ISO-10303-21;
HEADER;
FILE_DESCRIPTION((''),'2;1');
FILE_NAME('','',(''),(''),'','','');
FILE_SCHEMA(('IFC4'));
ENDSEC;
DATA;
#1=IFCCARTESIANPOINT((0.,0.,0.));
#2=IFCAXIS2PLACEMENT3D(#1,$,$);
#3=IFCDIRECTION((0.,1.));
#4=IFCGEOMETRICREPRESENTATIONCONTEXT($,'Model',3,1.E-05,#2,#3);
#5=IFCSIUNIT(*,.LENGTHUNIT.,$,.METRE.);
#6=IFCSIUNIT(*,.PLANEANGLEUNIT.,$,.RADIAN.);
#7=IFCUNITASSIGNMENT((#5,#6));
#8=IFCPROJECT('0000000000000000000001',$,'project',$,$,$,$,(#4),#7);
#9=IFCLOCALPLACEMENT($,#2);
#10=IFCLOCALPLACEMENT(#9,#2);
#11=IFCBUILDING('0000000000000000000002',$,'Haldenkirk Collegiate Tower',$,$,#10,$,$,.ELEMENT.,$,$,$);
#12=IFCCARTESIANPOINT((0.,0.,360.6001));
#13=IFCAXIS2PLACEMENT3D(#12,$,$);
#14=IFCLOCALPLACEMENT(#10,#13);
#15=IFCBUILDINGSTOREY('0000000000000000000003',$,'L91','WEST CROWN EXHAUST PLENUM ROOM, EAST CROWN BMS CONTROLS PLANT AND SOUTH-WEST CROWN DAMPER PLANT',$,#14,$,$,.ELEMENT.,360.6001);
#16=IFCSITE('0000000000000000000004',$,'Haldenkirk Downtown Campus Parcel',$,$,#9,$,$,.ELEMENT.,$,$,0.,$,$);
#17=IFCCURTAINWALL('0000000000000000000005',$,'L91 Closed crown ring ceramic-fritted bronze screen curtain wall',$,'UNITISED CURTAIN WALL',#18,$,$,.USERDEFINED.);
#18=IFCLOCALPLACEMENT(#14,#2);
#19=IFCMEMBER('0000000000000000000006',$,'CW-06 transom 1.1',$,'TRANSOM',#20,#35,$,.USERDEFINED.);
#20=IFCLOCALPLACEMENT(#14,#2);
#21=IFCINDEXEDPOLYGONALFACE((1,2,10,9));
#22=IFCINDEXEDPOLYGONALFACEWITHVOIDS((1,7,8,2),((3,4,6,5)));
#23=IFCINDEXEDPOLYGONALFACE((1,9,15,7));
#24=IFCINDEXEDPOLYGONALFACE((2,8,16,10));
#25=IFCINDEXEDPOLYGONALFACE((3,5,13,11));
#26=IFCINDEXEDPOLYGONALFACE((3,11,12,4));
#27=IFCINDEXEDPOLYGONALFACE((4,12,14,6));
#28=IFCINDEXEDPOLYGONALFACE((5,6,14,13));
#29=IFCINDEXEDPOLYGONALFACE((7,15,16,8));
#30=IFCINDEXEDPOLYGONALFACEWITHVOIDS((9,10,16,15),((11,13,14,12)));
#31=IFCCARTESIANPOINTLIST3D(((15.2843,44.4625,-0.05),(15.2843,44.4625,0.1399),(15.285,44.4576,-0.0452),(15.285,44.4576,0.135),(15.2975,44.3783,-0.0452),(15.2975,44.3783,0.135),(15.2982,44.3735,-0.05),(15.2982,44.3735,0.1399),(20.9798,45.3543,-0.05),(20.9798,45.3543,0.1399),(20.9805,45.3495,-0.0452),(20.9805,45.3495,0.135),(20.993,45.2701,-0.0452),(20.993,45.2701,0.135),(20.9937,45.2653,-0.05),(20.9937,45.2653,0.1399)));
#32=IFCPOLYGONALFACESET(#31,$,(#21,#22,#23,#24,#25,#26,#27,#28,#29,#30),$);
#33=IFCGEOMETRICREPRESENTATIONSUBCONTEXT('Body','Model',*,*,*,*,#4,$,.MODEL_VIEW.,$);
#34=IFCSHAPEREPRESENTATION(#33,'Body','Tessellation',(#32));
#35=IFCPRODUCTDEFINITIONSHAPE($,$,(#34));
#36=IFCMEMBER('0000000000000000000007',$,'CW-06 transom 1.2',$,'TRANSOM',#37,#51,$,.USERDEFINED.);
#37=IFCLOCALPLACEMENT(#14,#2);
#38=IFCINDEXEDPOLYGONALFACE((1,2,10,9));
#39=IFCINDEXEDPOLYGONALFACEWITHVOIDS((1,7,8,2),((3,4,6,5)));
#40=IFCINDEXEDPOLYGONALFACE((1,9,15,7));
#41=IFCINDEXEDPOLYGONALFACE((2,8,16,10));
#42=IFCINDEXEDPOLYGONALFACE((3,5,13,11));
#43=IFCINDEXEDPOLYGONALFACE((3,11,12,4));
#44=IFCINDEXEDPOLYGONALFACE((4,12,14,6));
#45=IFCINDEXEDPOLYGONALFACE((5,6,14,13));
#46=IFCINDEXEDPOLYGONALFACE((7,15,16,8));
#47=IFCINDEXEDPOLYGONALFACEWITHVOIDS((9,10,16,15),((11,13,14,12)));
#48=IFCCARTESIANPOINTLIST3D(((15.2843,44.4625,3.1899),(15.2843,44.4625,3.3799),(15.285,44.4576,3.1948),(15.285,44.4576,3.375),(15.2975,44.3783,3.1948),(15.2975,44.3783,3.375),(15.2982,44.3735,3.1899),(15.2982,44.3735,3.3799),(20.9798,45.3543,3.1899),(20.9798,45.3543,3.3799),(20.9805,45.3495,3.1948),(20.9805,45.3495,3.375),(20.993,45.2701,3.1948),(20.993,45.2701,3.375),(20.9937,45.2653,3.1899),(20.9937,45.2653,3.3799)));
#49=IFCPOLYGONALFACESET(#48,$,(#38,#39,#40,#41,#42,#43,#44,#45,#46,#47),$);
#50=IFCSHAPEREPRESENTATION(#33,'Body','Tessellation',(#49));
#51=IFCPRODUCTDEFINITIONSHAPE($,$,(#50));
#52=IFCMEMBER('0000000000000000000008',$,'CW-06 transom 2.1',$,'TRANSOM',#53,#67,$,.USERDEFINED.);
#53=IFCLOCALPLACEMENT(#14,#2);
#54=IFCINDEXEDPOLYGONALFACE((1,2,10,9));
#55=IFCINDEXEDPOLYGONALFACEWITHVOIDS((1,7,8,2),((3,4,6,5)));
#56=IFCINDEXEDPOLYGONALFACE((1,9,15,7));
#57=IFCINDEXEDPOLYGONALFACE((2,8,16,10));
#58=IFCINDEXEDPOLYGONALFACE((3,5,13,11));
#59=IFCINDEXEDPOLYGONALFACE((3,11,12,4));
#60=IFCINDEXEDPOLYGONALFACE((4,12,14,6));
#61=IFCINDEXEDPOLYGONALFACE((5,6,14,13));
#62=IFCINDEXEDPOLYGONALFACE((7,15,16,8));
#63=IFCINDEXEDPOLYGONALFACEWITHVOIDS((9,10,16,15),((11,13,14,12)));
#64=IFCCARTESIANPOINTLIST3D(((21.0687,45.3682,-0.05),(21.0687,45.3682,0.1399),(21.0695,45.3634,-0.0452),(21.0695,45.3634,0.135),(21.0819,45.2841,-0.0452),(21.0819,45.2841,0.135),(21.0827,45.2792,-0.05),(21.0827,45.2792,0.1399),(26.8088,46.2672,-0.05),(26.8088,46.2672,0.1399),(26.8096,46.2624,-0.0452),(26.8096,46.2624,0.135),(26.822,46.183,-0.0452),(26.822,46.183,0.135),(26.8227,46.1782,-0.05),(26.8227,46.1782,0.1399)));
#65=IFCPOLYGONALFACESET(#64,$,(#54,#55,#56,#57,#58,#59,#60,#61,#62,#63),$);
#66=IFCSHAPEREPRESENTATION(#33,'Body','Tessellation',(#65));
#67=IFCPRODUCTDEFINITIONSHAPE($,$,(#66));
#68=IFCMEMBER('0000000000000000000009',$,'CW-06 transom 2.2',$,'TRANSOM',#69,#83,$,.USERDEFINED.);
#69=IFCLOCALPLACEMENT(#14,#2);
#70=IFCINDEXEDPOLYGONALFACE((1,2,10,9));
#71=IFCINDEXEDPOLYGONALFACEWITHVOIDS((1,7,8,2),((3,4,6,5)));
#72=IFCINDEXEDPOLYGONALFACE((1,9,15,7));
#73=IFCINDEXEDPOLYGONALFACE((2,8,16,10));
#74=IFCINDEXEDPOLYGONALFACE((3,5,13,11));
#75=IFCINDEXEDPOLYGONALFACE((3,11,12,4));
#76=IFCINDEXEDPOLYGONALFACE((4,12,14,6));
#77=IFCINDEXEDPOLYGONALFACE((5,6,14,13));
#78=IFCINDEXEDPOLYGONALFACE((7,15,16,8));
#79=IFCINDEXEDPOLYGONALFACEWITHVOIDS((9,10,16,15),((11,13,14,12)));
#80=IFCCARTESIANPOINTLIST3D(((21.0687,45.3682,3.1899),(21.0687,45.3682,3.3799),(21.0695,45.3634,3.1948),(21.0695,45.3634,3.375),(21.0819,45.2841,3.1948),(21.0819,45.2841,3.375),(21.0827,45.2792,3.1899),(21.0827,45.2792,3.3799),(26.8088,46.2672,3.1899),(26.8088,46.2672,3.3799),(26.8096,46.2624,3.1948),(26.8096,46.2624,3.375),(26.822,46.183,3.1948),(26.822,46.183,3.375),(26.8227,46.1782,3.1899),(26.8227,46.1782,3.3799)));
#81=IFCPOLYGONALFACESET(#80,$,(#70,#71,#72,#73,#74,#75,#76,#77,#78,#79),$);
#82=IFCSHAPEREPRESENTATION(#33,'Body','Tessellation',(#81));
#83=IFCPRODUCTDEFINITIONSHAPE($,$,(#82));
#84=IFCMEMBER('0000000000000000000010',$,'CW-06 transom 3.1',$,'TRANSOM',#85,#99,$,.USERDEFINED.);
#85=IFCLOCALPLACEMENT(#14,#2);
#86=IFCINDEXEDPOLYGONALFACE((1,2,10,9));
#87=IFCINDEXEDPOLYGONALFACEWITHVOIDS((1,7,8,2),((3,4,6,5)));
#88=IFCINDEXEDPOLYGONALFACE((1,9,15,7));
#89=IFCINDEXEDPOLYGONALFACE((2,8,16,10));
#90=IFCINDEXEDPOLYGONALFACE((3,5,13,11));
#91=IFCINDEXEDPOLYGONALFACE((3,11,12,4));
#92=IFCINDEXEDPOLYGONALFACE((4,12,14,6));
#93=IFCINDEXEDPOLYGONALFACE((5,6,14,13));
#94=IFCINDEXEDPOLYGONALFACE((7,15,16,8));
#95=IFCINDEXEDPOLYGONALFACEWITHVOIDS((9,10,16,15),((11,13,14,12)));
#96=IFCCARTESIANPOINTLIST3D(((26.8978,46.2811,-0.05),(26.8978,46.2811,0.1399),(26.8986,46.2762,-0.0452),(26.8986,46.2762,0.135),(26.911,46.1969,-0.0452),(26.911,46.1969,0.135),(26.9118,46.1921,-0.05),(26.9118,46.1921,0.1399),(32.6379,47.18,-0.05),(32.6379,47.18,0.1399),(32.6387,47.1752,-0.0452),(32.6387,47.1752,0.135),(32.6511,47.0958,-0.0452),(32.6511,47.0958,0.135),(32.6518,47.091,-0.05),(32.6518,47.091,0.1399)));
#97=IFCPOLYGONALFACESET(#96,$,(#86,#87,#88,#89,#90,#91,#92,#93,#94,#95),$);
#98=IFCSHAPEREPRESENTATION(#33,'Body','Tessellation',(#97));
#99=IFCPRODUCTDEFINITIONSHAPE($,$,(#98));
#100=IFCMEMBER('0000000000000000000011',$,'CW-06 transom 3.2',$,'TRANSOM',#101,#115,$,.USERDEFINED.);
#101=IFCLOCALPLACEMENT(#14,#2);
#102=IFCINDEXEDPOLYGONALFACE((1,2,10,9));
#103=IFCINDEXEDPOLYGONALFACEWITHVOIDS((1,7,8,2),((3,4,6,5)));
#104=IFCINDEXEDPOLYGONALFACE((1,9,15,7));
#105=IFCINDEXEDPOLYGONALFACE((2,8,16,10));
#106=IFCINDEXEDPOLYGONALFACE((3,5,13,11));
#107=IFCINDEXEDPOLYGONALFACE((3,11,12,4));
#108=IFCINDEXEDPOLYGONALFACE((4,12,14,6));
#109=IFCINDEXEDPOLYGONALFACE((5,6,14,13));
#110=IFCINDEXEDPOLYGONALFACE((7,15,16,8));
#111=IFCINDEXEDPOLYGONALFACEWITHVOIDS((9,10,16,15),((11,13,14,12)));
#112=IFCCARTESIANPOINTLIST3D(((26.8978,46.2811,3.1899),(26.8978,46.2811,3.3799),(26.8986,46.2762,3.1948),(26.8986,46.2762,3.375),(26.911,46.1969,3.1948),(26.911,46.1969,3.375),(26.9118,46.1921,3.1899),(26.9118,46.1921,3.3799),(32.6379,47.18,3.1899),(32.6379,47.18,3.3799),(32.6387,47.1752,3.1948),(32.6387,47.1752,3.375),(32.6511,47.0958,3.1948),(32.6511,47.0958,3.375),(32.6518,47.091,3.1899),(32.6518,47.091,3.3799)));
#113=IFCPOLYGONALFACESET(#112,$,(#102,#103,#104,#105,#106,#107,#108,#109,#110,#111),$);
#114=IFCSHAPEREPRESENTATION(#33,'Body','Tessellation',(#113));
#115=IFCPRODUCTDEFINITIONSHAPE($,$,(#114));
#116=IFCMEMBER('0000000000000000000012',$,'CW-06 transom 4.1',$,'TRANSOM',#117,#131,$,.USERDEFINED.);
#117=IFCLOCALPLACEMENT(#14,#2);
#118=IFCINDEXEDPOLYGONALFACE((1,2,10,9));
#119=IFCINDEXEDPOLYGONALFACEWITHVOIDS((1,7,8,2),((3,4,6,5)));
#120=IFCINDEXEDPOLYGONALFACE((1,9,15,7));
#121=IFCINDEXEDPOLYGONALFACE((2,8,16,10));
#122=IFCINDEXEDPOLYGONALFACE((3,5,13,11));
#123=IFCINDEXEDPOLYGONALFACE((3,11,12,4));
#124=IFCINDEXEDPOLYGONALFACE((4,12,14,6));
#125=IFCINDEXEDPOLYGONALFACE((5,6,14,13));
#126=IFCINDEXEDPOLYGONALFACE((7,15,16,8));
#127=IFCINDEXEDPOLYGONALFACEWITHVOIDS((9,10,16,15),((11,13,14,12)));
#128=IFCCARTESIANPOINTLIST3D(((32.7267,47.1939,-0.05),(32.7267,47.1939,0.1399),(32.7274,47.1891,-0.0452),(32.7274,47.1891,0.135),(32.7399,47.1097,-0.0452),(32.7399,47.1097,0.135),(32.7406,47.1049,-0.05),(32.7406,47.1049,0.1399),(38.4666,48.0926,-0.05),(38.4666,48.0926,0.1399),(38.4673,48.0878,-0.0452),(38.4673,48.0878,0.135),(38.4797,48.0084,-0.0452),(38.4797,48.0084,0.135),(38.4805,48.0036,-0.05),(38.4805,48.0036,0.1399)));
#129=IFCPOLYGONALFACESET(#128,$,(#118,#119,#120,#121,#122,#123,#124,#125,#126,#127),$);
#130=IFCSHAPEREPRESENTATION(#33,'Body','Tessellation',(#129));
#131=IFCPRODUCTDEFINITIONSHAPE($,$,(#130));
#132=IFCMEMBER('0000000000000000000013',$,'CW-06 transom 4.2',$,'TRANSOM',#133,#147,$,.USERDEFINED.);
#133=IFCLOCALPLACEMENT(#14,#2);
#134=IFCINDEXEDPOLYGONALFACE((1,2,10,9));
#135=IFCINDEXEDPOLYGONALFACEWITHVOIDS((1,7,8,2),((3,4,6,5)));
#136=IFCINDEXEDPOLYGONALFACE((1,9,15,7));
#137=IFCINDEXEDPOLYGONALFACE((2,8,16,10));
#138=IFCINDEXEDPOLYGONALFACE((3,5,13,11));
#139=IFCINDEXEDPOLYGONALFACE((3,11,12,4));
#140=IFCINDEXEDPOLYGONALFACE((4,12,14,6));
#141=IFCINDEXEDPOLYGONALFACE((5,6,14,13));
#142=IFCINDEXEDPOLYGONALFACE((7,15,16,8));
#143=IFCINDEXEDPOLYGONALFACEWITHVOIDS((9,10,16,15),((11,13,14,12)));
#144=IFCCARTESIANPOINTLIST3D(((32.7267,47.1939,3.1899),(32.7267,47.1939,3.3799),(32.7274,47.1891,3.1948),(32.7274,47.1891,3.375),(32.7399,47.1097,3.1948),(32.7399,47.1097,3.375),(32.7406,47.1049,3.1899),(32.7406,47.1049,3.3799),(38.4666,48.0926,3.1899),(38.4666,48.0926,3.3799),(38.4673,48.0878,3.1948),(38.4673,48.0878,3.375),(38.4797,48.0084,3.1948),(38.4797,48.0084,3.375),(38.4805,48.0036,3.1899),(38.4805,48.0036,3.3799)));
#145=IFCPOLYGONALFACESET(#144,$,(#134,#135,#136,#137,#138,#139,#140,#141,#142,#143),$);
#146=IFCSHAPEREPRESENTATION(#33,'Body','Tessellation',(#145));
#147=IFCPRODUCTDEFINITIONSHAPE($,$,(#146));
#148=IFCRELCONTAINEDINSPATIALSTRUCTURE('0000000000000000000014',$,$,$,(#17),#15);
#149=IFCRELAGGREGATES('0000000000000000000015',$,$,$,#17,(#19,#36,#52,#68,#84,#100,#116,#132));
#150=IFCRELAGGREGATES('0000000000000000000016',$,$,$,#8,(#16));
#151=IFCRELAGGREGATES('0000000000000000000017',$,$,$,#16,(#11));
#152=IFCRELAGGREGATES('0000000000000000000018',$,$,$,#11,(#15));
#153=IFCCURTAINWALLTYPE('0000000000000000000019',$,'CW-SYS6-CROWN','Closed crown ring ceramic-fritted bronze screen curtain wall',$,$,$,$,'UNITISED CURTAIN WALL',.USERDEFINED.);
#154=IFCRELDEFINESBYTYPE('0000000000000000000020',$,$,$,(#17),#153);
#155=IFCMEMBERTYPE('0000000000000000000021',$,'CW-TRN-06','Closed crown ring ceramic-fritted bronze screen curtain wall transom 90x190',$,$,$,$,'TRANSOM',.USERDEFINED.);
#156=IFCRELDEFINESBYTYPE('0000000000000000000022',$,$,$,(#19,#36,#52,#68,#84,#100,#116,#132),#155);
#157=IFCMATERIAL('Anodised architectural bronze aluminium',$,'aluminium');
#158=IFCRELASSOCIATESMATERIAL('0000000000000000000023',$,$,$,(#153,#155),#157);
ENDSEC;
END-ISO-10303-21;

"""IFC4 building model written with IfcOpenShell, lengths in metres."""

from ifc_helpers import new_model, si_unit, direction, frame, origin, origin_2d, place, context, subcontext, project, spatial, hollow_rectangle, extrude, material, material_profile, profile_set, type_object, element, aggregate, save


model = new_model("IFC4")

# Units and contexts
model_context = context("Model", 3, precision=1e-05, world=origin(), true_north=direction((0.0, 1.0)))
body_context = subcontext(model_context, "Body", "Model", "MODEL_VIEW")
ifc_project = project(units=[si_unit("LENGTHUNIT", "METRE"), si_unit("PLANEANGLEUNIT", "RADIAN")], contexts=[model_context])

# Site, building, storey
site_placement = place(None, origin())
site = spatial("IfcSite", under=ifc_project, at=site_placement, Name="Haldenkirk Downtown Campus Parcel", CompositionType="ELEMENT", RefElevation=0.0)
building_placement = place(site_placement, origin())
building = spatial("IfcBuilding", under=site, at=building_placement, Name="Haldenkirk Collegiate Tower", CompositionType="ELEMENT")
storey_placement = place(building_placement, frame((0.0, 0.0, 360.6001)))
storey = spatial("IfcBuildingStorey", under=building, at=storey_placement, Name="L91", Description="WEST CROWN EXHAUST PLENUM ROOM, EAST CROWN BMS CONTROLS PLANT AND SOUTH-WEST CROWN DAMPER PLANT", CompositionType="ELEMENT", Elevation=360.6001)

# Curtain wall
ifc_material_1 = material(Name="Anodised architectural bronze aluminium", Category="aluminium")
curtain_wall_type = type_object("IfcCurtainWallType", Name="CW-SYS6-CROWN", Description="Closed crown ring ceramic-fritted bronze screen curtain wall", ElementType="UNITISED CURTAIN WALL", PredefinedType="USERDEFINED", material=ifc_material_1)
curtain_wall_1_placement = place(storey_placement, origin())
curtain_wall_1 = element("IfcCurtainWall", 1, at=curtain_wall_1_placement, inside=storey, type_object=curtain_wall_type, Name="L91 Closed crown ring ceramic-fritted bronze screen curtain wall", ObjectType="UNITISED CURTAIN WALL", PredefinedType="USERDEFINED")

# Members
ifc_material_profile_1 = material_profile(ifc_material_1, hollow_rectangle(XDim=0.0901, YDim=0.1899, WallThickness=0.0049, at=origin_2d()), Name="CW-TRN-06")
ifc_profile_set_1 = profile_set([ifc_material_profile_1], Name="Anodised architectural bronze aluminium")
member_type_1 = type_object("IfcMemberType", Name="CW-TRN-06", Description="Closed crown ring ceramic-fritted bronze screen curtain wall transom 90x190", ElementType="TRANSOM", PredefinedType="USERDEFINED", material=ifc_profile_set_1)
member_1_placement = place(storey_placement, frame((15.2913, 44.418, 0.0449), z_axis=(0.987961, 0.154701, 0.0), x_axis=(-0.154701, 0.987961, 0.0)))
member_1 = element("IfcMember", 2, at=member_1_placement, type_object=member_type_1, Name="CW-06 transom 1.1", ObjectType="TRANSOM", PredefinedType="USERDEFINED", context=body_context, shape_type="SweptSolid", body=[
    extrude(hollow_rectangle(XDim=0.0901, YDim=0.1899, WallThickness=0.0049, at=origin_2d()), origin(), (0.0, 0.0, 1.0), 5.7649),
])
member_2_placement = place(storey_placement, frame((15.2913, 44.418, 3.2849), z_axis=(0.987961, 0.154701, 0.0), x_axis=(-0.154701, 0.987961, 0.0)))
member_2 = element("IfcMember", 3, at=member_2_placement, type_object=member_type_1, Name="CW-06 transom 1.2", ObjectType="TRANSOM", PredefinedType="USERDEFINED", context=body_context, shape_type="SweptSolid", body=[
    extrude(hollow_rectangle(XDim=0.0901, YDim=0.1899, WallThickness=0.0049, at=origin_2d()), origin(), (0.0, 0.0, 1.0), 5.7649),
])
member_3_placement = place(storey_placement, frame((21.0757, 45.3237, 0.0449), z_axis=(0.987958, 0.154722, 0.0), x_axis=(-0.154722, 0.987958, 0.0)))
member_3 = element("IfcMember", 4, at=member_3_placement, type_object=member_type_1, Name="CW-06 transom 2.1", ObjectType="TRANSOM", PredefinedType="USERDEFINED", context=body_context, shape_type="SweptSolid", body=[
    extrude(hollow_rectangle(XDim=0.0901, YDim=0.1899, WallThickness=0.0049, at=origin_2d()), origin(), (0.0, 0.0, 1.0), 5.8101),
])
member_4_placement = place(storey_placement, frame((21.0757, 45.3237, 3.2849), z_axis=(0.987958, 0.154722, 0.0), x_axis=(-0.154722, 0.987958, 0.0)))
member_4 = element("IfcMember", 5, at=member_4_placement, type_object=member_type_1, Name="CW-06 transom 2.2", ObjectType="TRANSOM", PredefinedType="USERDEFINED", context=body_context, shape_type="SweptSolid", body=[
    extrude(hollow_rectangle(XDim=0.0901, YDim=0.1899, WallThickness=0.0049, at=origin_2d()), origin(), (0.0, 0.0, 1.0), 5.8101),
])
member_5_placement = place(storey_placement, frame((26.9048, 46.2366, 0.0449), z_axis=(0.987958, 0.154722, 0.0), x_axis=(-0.154722, 0.987958, 0.0)))
member_5 = element("IfcMember", 6, at=member_5_placement, type_object=member_type_1, Name="CW-06 transom 3.1", ObjectType="TRANSOM", PredefinedType="USERDEFINED", context=body_context, shape_type="SweptSolid", body=[
    extrude(hollow_rectangle(XDim=0.0901, YDim=0.1899, WallThickness=0.0049, at=origin_2d()), origin(), (0.0, 0.0, 1.0), 5.8101),
])
member_6_placement = place(storey_placement, frame((26.9048, 46.2366, 3.2849), z_axis=(0.987958, 0.154722, 0.0), x_axis=(-0.154722, 0.987958, 0.0)))
member_6 = element("IfcMember", 7, at=member_6_placement, type_object=member_type_1, Name="CW-06 transom 3.2", ObjectType="TRANSOM", PredefinedType="USERDEFINED", context=body_context, shape_type="SweptSolid", body=[
    extrude(hollow_rectangle(XDim=0.0901, YDim=0.1899, WallThickness=0.0049, at=origin_2d()), origin(), (0.0, 0.0, 1.0), 5.8101),
])
member_7_placement = place(storey_placement, frame((32.7336, 47.1494, 0.0449), z_axis=(0.987965, 0.154681, 0.0), x_axis=(-0.154681, 0.987965, 0.0)))
member_7 = element("IfcMember", 8, at=member_7_placement, type_object=member_type_1, Name="CW-06 transom 4.1", ObjectType="TRANSOM", PredefinedType="USERDEFINED", context=body_context, shape_type="SweptSolid", body=[
    extrude(hollow_rectangle(XDim=0.0901, YDim=0.1899, WallThickness=0.0049, at=origin_2d()), origin(), (0.0, 0.0, 1.0), 5.8098),
])
member_8_placement = place(storey_placement, frame((32.7336, 47.1494, 3.2849), z_axis=(0.987965, 0.154681, 0.0), x_axis=(-0.154681, 0.987965, 0.0)))
member_8 = element("IfcMember", 9, at=member_8_placement, type_object=member_type_1, Name="CW-06 transom 4.2", ObjectType="TRANSOM", PredefinedType="USERDEFINED", context=body_context, shape_type="SweptSolid", body=[
    extrude(hollow_rectangle(XDim=0.0901, YDim=0.1899, WallThickness=0.0049, at=origin_2d()), origin(), (0.0, 0.0, 1.0), 5.8098),
])

aggregate(curtain_wall_1, [member_1, member_2, member_3, member_4, member_5, member_6, member_7, member_8])

save(model, "model.ifc")
